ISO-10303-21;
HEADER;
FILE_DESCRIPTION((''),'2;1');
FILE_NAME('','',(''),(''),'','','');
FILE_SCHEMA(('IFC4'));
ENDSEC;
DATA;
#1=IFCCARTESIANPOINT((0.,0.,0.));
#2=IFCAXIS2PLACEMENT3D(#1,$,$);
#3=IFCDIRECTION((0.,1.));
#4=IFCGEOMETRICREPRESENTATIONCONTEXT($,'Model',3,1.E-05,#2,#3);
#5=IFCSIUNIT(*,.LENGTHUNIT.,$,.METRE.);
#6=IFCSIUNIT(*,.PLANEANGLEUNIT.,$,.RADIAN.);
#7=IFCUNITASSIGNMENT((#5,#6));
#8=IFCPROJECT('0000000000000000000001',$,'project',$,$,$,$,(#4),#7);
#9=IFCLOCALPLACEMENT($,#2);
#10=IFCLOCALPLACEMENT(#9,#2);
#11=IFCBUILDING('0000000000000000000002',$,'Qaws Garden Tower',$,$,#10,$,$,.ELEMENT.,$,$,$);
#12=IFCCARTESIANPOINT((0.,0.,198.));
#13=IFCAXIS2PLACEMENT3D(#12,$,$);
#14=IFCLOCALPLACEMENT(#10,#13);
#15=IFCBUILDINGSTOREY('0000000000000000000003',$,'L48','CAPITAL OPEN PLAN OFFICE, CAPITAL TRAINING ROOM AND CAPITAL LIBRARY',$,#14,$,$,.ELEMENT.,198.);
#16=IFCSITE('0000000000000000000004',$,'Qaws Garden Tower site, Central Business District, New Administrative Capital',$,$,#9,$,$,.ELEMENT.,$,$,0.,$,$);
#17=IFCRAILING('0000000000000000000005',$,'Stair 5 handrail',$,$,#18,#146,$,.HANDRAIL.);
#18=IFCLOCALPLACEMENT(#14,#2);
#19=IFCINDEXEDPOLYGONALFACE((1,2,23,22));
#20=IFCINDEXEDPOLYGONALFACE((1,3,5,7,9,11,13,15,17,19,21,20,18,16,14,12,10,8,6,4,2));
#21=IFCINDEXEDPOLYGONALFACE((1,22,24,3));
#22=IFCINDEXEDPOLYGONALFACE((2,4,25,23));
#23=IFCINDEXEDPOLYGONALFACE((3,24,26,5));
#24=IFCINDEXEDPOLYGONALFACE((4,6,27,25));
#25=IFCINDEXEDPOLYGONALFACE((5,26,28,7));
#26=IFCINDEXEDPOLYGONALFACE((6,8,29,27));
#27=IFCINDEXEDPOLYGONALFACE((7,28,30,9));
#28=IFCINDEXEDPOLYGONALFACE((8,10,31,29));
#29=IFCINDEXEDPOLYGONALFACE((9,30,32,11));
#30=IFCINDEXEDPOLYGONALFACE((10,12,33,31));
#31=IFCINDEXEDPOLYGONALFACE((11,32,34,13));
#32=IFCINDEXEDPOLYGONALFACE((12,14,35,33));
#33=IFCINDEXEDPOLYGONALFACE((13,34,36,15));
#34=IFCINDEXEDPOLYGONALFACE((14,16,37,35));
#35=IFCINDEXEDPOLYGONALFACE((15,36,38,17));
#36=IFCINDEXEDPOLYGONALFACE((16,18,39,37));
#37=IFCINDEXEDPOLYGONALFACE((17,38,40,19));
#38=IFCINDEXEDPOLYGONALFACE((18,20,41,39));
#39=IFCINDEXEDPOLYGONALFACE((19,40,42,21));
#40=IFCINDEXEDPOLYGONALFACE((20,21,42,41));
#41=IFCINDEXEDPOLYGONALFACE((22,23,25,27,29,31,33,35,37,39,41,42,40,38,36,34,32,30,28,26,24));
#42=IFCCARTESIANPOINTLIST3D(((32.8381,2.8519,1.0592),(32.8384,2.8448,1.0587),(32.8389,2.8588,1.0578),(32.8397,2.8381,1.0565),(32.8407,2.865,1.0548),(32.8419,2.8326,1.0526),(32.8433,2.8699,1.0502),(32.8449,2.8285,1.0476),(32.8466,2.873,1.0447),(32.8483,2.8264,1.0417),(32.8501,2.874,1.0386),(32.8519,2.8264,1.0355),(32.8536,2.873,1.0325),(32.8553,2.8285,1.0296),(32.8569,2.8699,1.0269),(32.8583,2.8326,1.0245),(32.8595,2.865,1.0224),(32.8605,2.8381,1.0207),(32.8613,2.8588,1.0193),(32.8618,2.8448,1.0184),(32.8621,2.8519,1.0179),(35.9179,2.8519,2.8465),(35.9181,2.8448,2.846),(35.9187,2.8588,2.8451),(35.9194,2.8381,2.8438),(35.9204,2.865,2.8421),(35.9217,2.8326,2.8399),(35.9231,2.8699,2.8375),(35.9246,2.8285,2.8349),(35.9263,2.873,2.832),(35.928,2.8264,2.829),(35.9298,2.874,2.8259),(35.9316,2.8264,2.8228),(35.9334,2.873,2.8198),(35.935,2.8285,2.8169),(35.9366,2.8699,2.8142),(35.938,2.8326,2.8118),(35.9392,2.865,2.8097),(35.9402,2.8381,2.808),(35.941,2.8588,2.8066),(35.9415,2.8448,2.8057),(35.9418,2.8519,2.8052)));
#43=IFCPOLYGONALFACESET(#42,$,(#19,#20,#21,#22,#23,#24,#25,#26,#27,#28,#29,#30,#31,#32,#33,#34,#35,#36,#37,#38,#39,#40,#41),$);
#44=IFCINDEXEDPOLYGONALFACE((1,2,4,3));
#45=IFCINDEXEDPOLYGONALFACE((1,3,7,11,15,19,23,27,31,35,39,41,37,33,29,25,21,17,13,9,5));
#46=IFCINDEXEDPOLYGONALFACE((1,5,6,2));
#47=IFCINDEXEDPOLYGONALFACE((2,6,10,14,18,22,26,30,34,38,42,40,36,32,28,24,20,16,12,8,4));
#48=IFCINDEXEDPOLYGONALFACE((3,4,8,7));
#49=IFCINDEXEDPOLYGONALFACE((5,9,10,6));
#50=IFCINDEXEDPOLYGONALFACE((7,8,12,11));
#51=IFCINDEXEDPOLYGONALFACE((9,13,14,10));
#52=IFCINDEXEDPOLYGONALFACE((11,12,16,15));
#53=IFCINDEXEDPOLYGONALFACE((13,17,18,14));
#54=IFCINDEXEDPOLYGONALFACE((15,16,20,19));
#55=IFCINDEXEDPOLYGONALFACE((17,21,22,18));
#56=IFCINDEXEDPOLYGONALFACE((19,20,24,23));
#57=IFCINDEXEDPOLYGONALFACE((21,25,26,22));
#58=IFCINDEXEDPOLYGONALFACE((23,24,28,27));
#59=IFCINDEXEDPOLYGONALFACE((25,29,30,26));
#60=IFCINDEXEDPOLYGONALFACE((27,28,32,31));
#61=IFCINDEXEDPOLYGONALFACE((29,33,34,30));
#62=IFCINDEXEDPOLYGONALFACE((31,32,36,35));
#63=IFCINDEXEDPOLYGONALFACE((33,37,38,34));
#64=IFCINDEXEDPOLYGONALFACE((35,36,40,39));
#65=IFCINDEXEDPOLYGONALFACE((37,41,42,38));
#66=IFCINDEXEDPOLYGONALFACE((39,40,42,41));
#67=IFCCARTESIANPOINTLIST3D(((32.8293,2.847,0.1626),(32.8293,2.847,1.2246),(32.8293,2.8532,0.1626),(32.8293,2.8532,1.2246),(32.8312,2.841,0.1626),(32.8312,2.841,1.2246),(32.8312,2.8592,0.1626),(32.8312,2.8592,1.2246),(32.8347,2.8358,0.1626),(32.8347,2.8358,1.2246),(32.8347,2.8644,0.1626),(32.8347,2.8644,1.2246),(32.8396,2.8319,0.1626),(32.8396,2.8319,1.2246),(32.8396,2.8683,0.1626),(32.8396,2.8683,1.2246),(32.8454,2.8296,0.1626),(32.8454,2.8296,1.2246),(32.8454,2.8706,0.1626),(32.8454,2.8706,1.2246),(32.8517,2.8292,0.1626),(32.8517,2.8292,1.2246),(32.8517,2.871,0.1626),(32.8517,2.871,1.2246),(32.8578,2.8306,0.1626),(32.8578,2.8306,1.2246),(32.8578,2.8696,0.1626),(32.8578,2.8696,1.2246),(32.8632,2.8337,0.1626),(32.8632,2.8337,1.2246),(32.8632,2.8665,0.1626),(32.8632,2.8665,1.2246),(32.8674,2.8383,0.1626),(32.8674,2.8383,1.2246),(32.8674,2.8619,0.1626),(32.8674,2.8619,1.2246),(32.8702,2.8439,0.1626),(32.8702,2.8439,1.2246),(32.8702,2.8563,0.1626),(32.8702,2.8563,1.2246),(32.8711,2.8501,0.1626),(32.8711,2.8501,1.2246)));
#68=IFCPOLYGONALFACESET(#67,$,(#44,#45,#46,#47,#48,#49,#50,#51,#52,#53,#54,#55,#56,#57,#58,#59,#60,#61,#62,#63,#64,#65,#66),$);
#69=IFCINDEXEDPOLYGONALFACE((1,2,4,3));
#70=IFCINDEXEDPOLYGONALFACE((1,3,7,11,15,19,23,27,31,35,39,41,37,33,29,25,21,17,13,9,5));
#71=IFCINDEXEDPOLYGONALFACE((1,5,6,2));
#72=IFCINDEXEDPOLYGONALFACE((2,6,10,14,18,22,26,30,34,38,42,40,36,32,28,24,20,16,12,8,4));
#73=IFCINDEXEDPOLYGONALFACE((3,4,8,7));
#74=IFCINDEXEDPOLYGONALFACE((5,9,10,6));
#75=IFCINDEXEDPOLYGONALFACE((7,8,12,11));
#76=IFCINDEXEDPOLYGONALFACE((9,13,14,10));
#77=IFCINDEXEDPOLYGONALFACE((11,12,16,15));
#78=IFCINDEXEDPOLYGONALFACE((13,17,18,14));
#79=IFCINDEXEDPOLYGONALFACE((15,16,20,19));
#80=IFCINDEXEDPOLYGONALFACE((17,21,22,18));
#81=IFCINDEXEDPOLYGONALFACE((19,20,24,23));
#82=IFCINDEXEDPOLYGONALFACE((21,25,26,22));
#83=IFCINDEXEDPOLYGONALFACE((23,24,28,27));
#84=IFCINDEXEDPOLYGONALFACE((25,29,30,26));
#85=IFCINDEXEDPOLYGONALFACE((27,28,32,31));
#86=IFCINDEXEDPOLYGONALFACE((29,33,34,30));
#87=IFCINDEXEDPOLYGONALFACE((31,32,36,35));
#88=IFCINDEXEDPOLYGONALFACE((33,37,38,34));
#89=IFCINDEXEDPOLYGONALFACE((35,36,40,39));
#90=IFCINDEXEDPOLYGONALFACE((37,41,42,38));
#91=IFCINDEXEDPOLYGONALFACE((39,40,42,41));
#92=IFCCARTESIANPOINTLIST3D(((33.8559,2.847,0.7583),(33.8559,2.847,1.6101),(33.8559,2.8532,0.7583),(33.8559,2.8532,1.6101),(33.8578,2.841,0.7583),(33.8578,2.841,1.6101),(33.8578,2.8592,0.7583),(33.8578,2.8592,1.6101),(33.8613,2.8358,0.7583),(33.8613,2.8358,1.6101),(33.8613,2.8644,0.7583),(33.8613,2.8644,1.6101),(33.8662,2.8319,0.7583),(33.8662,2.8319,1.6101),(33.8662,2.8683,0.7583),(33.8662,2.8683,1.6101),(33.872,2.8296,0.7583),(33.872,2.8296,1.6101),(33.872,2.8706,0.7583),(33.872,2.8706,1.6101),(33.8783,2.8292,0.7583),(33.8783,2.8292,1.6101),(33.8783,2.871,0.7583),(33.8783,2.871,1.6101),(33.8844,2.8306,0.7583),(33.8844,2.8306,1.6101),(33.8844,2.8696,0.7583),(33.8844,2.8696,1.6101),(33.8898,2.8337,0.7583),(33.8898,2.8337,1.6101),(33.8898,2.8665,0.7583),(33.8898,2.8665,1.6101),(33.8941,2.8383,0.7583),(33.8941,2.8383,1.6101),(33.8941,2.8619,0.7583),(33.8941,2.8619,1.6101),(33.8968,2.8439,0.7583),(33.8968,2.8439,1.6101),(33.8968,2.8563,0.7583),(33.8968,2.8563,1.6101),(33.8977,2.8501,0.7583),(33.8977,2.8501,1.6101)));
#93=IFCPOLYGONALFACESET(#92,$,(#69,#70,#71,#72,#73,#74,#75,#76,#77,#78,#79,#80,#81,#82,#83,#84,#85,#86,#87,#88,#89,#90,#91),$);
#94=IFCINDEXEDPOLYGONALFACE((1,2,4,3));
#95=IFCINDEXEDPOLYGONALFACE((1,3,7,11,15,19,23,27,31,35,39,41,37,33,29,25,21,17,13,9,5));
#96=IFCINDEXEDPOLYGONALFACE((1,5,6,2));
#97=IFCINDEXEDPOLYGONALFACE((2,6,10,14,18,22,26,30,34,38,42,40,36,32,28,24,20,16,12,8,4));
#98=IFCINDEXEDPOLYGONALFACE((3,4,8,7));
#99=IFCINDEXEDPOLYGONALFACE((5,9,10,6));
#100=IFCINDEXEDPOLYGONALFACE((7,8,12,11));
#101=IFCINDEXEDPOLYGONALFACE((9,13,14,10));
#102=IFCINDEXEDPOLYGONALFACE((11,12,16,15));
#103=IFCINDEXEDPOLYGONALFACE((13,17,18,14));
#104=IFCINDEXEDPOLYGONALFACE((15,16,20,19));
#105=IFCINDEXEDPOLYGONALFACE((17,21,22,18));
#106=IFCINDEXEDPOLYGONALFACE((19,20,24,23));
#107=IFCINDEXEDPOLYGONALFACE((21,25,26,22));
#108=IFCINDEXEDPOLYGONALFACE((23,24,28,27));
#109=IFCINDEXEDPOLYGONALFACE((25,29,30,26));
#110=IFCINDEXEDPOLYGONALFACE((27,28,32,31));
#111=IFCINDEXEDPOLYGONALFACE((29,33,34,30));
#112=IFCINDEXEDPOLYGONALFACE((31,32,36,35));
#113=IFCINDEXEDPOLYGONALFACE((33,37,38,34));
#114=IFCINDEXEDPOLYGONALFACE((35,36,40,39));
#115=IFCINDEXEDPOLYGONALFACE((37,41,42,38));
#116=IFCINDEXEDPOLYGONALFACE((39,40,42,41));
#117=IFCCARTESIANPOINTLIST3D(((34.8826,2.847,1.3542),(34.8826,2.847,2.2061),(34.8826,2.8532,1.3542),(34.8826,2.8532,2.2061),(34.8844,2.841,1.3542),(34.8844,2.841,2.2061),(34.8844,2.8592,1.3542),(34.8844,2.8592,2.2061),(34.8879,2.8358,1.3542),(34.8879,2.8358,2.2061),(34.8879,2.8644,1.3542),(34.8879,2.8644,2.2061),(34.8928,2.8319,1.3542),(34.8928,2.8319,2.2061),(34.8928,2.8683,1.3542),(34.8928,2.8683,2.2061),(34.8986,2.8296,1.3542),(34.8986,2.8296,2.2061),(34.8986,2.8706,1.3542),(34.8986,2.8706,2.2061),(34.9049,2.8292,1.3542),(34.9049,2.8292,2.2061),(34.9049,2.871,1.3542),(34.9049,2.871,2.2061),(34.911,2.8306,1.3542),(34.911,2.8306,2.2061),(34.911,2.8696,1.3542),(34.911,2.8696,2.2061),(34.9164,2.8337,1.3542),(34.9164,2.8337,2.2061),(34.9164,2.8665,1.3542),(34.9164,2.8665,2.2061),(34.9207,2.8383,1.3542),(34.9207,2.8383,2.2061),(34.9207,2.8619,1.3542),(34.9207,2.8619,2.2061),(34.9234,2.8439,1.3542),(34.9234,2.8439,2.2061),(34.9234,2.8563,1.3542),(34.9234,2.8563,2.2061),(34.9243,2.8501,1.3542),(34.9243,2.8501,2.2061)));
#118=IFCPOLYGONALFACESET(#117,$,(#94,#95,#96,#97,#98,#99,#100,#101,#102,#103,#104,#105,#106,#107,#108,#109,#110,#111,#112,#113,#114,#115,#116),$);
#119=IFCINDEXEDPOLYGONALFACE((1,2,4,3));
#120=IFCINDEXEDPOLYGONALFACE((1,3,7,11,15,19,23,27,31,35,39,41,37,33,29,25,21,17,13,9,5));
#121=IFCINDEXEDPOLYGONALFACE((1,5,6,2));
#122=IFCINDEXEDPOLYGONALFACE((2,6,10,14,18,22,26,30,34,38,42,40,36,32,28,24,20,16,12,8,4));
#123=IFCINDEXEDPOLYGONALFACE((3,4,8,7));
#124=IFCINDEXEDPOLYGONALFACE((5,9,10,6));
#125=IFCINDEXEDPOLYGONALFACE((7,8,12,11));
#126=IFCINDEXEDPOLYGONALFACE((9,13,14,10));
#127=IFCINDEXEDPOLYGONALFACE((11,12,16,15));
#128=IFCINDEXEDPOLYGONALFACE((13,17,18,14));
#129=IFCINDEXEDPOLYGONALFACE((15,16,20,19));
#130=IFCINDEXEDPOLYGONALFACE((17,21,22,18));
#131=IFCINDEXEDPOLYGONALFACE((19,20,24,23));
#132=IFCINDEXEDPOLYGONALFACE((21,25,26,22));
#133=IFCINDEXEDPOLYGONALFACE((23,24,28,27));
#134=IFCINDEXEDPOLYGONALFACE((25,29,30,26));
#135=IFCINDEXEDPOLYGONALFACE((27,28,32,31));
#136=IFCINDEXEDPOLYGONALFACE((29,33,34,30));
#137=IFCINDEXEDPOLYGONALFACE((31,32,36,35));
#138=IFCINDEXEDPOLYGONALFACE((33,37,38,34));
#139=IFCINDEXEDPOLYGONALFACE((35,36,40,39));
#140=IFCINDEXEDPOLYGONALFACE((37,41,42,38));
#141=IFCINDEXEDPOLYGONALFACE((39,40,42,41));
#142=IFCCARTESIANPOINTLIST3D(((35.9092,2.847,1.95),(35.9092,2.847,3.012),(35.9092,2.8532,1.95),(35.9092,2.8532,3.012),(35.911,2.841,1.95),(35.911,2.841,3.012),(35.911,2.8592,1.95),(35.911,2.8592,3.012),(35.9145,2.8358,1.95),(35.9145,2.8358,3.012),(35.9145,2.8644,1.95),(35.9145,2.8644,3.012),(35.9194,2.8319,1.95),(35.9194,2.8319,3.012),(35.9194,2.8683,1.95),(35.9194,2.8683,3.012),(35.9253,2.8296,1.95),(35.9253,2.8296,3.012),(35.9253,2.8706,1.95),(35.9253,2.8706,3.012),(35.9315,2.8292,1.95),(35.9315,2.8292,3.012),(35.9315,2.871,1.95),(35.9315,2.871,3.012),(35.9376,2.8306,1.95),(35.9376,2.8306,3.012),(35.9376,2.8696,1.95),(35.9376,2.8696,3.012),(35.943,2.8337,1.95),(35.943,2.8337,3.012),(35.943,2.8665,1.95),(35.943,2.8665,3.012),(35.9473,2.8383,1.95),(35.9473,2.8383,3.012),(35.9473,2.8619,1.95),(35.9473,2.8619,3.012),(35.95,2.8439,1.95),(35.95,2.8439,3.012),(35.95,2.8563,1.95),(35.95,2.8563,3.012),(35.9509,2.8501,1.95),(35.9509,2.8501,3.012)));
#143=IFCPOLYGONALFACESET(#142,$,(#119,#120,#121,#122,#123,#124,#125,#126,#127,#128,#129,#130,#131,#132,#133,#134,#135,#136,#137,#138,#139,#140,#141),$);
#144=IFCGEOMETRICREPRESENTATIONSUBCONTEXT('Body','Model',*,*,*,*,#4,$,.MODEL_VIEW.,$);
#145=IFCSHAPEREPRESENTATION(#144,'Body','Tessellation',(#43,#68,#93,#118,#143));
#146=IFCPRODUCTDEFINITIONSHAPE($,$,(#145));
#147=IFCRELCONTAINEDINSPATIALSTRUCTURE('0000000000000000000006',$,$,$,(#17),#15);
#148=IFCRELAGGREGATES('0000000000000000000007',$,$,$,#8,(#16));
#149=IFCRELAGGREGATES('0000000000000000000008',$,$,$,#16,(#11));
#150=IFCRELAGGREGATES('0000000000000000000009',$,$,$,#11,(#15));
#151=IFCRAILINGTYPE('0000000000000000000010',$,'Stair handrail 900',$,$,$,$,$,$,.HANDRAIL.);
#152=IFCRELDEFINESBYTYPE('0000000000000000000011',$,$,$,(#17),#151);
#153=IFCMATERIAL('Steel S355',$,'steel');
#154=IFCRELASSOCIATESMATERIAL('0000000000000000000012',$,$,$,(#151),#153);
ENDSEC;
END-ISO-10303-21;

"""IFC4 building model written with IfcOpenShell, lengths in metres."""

from ifc_helpers import new_model, si_unit, direction, frame, origin, origin_2d, place, context, subcontext, project, spatial, circle, extrude, material, type_object, element, save


model = new_model("IFC4")

# Units and contexts
model_context = context("Model", 3, precision=1e-05, world=origin(), true_north=direction((0.0, 1.0)))
body_context = subcontext(model_context, "Body", "Model", "MODEL_VIEW")
ifc_project = project(units=[si_unit("LENGTHUNIT", "METRE"), si_unit("PLANEANGLEUNIT", "RADIAN")], contexts=[model_context])

# Site, building, storey
site_placement = place(None, origin())
site = spatial("IfcSite", under=ifc_project, at=site_placement, Name="Qaws Garden Tower site, Central Business District, New Administrative Capital", CompositionType="ELEMENT", RefElevation=0.0)
building_placement = place(site_placement, origin())
building = spatial("IfcBuilding", under=site, at=building_placement, Name="Qaws Garden Tower", CompositionType="ELEMENT")
storey_placement = place(building_placement, frame((0.0, 0.0, 198.0)))
storey = spatial("IfcBuildingStorey", under=building, at=storey_placement, Name="L48", Description="CAPITAL OPEN PLAN OFFICE, CAPITAL TRAINING ROOM AND CAPITAL LIBRARY", CompositionType="ELEMENT", Elevation=198.0)

# Railing
ifc_material_1 = material(Name="Steel S355", Category="steel")
railing_type = type_object("IfcRailingType", Name="Stair handrail 900", PredefinedType="HANDRAIL", material=ifc_material_1)
railing_1_placement = place(storey_placement, frame((32.8501, 2.8501, 0.1626)))
element("IfcRailing", 1, at=railing_1_placement, inside=storey, type_object=railing_type, Name="Stair 5 handrail", PredefinedType="HANDRAIL", context=body_context, shape_type="SweptSolid", body=[
    extrude(circle(Radius=0.0239, at=origin_2d()), frame((0.0, 0.0, 0.876), z_axis=(0.864903, 0.0, 0.501939), x_axis=(0.0, 1.0, 0.0)), (0.0, 0.0, 1.0), 3.5608),
    extrude(circle(Radius=0.021, at=origin_2d()), origin(), (0.0, 0.0, 1.0), 1.062),
    extrude(circle(Radius=0.021, at=origin_2d()), frame((1.0266, 0.0, 0.5957)), (0.0, 0.0, 1.0), 0.8518),
    extrude(circle(Radius=0.021, at=origin_2d()), frame((2.0532, 0.0, 1.1917)), (0.0, 0.0, 1.0), 0.8518),
    extrude(circle(Radius=0.021, at=origin_2d()), frame((3.0798, 0.0, 1.7874)), (0.0, 0.0, 1.0), 1.062),
])

save(model, "model.ifc")
